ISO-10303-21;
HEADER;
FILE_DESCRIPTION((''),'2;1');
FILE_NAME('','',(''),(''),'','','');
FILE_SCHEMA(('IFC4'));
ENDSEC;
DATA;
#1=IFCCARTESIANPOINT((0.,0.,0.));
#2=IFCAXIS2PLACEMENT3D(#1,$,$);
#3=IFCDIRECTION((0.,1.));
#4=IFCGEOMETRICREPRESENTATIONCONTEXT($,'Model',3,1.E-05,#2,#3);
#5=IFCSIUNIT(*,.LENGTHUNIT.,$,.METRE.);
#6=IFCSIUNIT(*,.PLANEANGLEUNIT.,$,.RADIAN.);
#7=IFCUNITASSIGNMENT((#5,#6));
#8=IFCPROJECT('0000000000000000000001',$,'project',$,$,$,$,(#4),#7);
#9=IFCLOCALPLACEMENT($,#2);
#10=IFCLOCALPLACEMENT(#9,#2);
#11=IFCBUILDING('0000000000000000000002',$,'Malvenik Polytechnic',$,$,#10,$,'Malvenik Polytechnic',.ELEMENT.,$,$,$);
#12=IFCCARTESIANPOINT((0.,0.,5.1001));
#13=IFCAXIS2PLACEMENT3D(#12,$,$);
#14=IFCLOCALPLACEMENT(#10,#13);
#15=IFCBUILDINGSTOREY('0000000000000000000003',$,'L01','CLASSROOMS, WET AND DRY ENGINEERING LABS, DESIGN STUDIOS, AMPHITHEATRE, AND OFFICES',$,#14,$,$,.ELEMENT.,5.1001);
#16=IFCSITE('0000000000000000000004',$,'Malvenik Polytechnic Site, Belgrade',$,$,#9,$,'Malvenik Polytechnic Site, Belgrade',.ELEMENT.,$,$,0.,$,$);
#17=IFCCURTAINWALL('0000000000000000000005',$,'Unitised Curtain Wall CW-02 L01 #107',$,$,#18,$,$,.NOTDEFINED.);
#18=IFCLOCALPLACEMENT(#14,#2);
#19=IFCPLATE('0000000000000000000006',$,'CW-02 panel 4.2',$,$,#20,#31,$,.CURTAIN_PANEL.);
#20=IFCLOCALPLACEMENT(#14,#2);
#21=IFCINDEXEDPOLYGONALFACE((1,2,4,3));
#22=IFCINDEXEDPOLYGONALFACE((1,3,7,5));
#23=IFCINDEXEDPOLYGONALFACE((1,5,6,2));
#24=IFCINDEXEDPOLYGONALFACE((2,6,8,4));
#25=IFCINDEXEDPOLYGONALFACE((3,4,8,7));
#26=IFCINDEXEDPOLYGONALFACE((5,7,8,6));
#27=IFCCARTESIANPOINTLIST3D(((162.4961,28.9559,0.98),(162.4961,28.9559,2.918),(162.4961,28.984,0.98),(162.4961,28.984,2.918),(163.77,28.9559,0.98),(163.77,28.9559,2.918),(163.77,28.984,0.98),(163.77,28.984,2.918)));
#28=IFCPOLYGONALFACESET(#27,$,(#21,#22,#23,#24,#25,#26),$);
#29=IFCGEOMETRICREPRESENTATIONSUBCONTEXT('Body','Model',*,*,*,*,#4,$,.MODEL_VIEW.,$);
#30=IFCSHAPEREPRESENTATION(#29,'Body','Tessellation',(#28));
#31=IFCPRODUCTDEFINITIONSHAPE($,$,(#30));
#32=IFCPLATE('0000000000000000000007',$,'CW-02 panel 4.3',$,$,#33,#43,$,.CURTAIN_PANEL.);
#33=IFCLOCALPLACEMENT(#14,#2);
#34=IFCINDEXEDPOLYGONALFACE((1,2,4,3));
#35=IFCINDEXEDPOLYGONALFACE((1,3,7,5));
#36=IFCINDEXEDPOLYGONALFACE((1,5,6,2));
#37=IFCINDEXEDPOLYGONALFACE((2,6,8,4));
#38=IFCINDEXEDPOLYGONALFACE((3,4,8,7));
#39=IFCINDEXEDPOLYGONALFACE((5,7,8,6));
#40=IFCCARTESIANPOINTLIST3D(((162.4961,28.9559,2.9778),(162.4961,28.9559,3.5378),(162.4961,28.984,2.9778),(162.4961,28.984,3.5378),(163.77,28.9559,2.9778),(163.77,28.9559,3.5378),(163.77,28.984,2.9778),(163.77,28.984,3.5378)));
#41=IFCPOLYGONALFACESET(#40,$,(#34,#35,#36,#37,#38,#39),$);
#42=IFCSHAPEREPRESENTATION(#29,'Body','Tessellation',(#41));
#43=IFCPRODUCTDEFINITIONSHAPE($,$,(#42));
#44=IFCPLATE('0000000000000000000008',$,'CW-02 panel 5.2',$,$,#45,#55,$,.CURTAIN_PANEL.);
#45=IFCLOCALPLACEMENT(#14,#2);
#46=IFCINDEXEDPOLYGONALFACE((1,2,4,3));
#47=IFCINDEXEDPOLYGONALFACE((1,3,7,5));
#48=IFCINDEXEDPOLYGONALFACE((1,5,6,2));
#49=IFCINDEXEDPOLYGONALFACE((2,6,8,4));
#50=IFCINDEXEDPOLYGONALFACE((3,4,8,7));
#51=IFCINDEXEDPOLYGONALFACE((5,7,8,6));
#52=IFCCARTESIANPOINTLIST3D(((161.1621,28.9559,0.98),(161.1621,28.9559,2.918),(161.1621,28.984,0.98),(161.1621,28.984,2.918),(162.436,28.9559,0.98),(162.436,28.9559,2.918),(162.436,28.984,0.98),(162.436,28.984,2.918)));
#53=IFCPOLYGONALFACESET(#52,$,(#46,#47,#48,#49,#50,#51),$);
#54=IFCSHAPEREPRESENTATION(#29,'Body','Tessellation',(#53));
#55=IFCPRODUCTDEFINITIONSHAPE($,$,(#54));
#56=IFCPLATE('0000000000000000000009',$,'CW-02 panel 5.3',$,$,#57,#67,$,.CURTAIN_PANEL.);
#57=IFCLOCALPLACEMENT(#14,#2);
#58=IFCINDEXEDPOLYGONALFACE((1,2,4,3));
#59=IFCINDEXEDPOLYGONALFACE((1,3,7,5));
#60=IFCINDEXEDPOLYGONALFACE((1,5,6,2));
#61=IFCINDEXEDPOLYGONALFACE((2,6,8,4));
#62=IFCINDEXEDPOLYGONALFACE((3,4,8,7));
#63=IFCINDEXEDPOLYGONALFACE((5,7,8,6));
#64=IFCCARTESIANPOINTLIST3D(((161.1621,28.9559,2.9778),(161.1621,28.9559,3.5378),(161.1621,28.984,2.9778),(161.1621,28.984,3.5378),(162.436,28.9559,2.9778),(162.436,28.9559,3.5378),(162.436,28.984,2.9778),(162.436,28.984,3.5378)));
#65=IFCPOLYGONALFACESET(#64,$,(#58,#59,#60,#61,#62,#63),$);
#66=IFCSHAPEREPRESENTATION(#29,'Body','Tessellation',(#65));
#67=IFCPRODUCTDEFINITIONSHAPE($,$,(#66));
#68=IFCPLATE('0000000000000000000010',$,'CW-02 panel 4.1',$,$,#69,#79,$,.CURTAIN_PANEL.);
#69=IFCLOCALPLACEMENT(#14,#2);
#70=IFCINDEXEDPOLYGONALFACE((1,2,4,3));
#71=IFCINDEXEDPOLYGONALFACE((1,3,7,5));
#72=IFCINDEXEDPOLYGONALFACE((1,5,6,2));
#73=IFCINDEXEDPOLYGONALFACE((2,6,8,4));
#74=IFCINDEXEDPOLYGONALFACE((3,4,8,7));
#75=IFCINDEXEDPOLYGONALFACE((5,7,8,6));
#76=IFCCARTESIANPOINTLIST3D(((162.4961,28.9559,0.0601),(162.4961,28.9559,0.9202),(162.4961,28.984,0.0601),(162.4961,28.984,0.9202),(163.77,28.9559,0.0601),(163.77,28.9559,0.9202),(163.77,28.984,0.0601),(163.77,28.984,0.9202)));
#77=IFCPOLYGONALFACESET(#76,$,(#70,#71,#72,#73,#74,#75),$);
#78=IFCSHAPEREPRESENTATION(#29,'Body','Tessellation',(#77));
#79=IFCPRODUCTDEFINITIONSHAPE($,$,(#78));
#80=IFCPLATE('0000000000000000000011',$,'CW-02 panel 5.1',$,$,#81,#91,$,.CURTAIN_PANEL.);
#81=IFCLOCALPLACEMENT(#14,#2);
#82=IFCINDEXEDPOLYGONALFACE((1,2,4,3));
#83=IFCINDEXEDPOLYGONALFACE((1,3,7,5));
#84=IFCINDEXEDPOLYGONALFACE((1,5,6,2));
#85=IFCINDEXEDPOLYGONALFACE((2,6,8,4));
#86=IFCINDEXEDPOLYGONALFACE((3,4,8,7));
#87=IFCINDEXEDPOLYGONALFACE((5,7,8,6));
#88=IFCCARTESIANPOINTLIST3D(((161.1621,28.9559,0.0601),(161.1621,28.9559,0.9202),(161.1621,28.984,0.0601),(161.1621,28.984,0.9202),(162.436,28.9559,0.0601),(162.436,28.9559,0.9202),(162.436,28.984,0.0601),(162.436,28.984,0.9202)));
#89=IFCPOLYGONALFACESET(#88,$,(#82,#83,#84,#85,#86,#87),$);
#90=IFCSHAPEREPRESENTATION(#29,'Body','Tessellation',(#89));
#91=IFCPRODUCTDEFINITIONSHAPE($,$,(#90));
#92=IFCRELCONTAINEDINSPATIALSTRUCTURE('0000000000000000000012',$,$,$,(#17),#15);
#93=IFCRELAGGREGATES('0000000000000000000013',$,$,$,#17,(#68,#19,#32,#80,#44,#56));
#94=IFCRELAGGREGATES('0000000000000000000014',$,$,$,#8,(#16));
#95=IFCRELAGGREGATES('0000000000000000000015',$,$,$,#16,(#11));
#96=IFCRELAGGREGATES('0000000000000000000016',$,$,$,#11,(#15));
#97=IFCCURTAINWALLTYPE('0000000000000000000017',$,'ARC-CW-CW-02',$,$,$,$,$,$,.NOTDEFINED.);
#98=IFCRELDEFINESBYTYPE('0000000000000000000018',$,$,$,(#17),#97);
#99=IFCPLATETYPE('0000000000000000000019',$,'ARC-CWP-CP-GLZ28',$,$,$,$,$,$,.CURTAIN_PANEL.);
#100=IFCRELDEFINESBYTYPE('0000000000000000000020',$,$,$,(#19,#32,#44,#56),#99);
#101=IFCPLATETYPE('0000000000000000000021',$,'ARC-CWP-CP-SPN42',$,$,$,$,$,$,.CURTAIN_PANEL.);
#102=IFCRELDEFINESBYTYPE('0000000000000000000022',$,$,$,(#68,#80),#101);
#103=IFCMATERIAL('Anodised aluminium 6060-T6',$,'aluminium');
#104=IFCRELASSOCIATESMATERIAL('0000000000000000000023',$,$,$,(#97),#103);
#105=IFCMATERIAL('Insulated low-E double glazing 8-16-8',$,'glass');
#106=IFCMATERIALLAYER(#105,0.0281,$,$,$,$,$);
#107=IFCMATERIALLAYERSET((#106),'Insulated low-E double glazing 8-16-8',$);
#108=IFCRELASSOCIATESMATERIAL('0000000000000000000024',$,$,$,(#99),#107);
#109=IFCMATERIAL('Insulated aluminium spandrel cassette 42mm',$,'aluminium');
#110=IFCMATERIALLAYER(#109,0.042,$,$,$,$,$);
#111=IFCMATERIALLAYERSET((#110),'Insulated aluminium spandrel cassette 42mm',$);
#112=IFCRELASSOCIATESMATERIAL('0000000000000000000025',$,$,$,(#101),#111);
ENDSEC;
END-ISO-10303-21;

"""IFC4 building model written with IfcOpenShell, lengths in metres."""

from ifc_helpers import new_model, si_unit, direction, frame, origin, origin_2d, place, context, subcontext, project, spatial, rectangle, extrude, material, layer, layer_set, type_object, element, aggregate, save


model = new_model("IFC4")

# Units and contexts
model_context = context("Model", 3, precision=1e-05, world=origin(), true_north=direction((0.0, 1.0)))
body_context = subcontext(model_context, "Body", "Model", "MODEL_VIEW")
ifc_project = project(units=[si_unit("LENGTHUNIT", "METRE"), si_unit("PLANEANGLEUNIT", "RADIAN")], contexts=[model_context])

# Site, building, storey
site_placement = place(None, origin())
site = spatial("IfcSite", under=ifc_project, at=site_placement, Name="Malvenik Polytechnic Site, Belgrade", LongName="Malvenik Polytechnic Site, Belgrade", CompositionType="ELEMENT", RefElevation=0.0)
building_placement = place(site_placement, origin())
building = spatial("IfcBuilding", under=site, at=building_placement, Name="Malvenik Polytechnic", LongName="Malvenik Polytechnic", CompositionType="ELEMENT")
storey_placement = place(building_placement, frame((0.0, 0.0, 5.1001)))
storey = spatial("IfcBuildingStorey", under=building, at=storey_placement, Name="L01", Description="CLASSROOMS, WET AND DRY ENGINEERING LABS, DESIGN STUDIOS, AMPHITHEATRE, AND OFFICES", CompositionType="ELEMENT", Elevation=5.1001)

# Curtain wall, plates
ifc_material_1 = material(Name="Anodised aluminium 6060-T6", Category="aluminium")
curtain_wall_type = type_object("IfcCurtainWallType", Name="ARC-CW-CW-02", PredefinedType="NOTDEFINED", material=ifc_material_1)
curtain_wall_placement = place(storey_placement, origin())
curtain_wall = element("IfcCurtainWall", 1, at=curtain_wall_placement, inside=storey, type_object=curtain_wall_type, Name="Unitised Curtain Wall CW-02 L01 #107", PredefinedType="NOTDEFINED")
ifc_material_2 = material(Name="Insulated low-E double glazing 8-16-8", Category="glass")
ifc_layer_1 = layer(ifc_material_2, 0.0281)
ifc_layer_set_1 = layer_set([ifc_layer_1], Name="Insulated low-E double glazing 8-16-8")
plate_type_1 = type_object("IfcPlateType", Name="ARC-CWP-CP-GLZ28", PredefinedType="CURTAIN_PANEL", material=ifc_layer_set_1)
plate_1_placement = place(storey_placement, frame((163.1331, 28.97, 0.98), z_axis=(0.0, 0.0, 1.0), x_axis=(-1.0, 0.0, 0.0)))
plate_1 = element("IfcPlate", 2, at=plate_1_placement, type_object=plate_type_1, Name="CW-02 panel 4.2", PredefinedType="CURTAIN_PANEL", context=body_context, shape_type="SweptSolid", body=[
    extrude(rectangle(XDim=1.2739, YDim=0.0281, at=origin_2d()), origin(), (0.0, 0.0, 1.0), 1.938),
])
plate_2_placement = place(storey_placement, frame((163.1331, 28.97, 2.9778), z_axis=(0.0, 0.0, 1.0), x_axis=(-1.0, 0.0, 0.0)))
plate_2 = element("IfcPlate", 3, at=plate_2_placement, type_object=plate_type_1, Name="CW-02 panel 4.3", PredefinedType="CURTAIN_PANEL", context=body_context, shape_type="SweptSolid", body=[
    extrude(rectangle(XDim=1.2739, YDim=0.0281, at=origin_2d()), origin(), (0.0, 0.0, 1.0), 0.5601),
])
plate_3_placement = place(storey_placement, frame((161.7991, 28.97, 0.98), z_axis=(0.0, 0.0, 1.0), x_axis=(-1.0, 0.0, 0.0)))
plate_3 = element("IfcPlate", 4, at=plate_3_placement, type_object=plate_type_1, Name="CW-02 panel 5.2", PredefinedType="CURTAIN_PANEL", context=body_context, shape_type="SweptSolid", body=[
    extrude(rectangle(XDim=1.2739, YDim=0.0281, at=origin_2d()), origin(), (0.0, 0.0, 1.0), 1.938),
])
plate_4_placement = place(storey_placement, frame((161.7991, 28.97, 2.9778), z_axis=(0.0, 0.0, 1.0), x_axis=(-1.0, 0.0, 0.0)))
plate_4 = element("IfcPlate", 5, at=plate_4_placement, type_object=plate_type_1, Name="CW-02 panel 5.3", PredefinedType="CURTAIN_PANEL", context=body_context, shape_type="SweptSolid", body=[
    extrude(rectangle(XDim=1.2739, YDim=0.0281, at=origin_2d()), origin(), (0.0, 0.0, 1.0), 0.5601),
])
ifc_material_3 = material(Name="Insulated aluminium spandrel cassette 42mm", Category="aluminium")
ifc_layer_2 = layer(ifc_material_3, 0.042)
ifc_layer_set_2 = layer_set([ifc_layer_2], Name="Insulated aluminium spandrel cassette 42mm")
plate_type_2 = type_object("IfcPlateType", Name="ARC-CWP-CP-SPN42", PredefinedType="CURTAIN_PANEL", material=ifc_layer_set_2)
plate_5_placement = place(storey_placement, frame((163.1331, 28.97, 0.0601), z_axis=(0.0, 0.0, 1.0), x_axis=(-1.0, 0.0, 0.0)))
plate_5 = element("IfcPlate", 6, at=plate_5_placement, type_object=plate_type_2, Name="CW-02 panel 4.1", PredefinedType="CURTAIN_PANEL", context=body_context, shape_type="SweptSolid", body=[
    extrude(rectangle(XDim=1.2739, YDim=0.0281, at=origin_2d()), origin(), (0.0, 0.0, 1.0), 0.8601),
])
plate_6_placement = place(storey_placement, frame((161.7991, 28.97, 0.0601), z_axis=(0.0, 0.0, 1.0), x_axis=(-1.0, 0.0, 0.0)))
plate_6 = element("IfcPlate", 7, at=plate_6_placement, type_object=plate_type_2, Name="CW-02 panel 5.1", PredefinedType="CURTAIN_PANEL", context=body_context, shape_type="SweptSolid", body=[
    extrude(rectangle(XDim=1.2739, YDim=0.0281, at=origin_2d()), origin(), (0.0, 0.0, 1.0), 0.8601),
])
aggregate(curtain_wall, [plate_5, plate_1, plate_2, plate_6, plate_3, plate_4])

save(model, "model.ifc")
